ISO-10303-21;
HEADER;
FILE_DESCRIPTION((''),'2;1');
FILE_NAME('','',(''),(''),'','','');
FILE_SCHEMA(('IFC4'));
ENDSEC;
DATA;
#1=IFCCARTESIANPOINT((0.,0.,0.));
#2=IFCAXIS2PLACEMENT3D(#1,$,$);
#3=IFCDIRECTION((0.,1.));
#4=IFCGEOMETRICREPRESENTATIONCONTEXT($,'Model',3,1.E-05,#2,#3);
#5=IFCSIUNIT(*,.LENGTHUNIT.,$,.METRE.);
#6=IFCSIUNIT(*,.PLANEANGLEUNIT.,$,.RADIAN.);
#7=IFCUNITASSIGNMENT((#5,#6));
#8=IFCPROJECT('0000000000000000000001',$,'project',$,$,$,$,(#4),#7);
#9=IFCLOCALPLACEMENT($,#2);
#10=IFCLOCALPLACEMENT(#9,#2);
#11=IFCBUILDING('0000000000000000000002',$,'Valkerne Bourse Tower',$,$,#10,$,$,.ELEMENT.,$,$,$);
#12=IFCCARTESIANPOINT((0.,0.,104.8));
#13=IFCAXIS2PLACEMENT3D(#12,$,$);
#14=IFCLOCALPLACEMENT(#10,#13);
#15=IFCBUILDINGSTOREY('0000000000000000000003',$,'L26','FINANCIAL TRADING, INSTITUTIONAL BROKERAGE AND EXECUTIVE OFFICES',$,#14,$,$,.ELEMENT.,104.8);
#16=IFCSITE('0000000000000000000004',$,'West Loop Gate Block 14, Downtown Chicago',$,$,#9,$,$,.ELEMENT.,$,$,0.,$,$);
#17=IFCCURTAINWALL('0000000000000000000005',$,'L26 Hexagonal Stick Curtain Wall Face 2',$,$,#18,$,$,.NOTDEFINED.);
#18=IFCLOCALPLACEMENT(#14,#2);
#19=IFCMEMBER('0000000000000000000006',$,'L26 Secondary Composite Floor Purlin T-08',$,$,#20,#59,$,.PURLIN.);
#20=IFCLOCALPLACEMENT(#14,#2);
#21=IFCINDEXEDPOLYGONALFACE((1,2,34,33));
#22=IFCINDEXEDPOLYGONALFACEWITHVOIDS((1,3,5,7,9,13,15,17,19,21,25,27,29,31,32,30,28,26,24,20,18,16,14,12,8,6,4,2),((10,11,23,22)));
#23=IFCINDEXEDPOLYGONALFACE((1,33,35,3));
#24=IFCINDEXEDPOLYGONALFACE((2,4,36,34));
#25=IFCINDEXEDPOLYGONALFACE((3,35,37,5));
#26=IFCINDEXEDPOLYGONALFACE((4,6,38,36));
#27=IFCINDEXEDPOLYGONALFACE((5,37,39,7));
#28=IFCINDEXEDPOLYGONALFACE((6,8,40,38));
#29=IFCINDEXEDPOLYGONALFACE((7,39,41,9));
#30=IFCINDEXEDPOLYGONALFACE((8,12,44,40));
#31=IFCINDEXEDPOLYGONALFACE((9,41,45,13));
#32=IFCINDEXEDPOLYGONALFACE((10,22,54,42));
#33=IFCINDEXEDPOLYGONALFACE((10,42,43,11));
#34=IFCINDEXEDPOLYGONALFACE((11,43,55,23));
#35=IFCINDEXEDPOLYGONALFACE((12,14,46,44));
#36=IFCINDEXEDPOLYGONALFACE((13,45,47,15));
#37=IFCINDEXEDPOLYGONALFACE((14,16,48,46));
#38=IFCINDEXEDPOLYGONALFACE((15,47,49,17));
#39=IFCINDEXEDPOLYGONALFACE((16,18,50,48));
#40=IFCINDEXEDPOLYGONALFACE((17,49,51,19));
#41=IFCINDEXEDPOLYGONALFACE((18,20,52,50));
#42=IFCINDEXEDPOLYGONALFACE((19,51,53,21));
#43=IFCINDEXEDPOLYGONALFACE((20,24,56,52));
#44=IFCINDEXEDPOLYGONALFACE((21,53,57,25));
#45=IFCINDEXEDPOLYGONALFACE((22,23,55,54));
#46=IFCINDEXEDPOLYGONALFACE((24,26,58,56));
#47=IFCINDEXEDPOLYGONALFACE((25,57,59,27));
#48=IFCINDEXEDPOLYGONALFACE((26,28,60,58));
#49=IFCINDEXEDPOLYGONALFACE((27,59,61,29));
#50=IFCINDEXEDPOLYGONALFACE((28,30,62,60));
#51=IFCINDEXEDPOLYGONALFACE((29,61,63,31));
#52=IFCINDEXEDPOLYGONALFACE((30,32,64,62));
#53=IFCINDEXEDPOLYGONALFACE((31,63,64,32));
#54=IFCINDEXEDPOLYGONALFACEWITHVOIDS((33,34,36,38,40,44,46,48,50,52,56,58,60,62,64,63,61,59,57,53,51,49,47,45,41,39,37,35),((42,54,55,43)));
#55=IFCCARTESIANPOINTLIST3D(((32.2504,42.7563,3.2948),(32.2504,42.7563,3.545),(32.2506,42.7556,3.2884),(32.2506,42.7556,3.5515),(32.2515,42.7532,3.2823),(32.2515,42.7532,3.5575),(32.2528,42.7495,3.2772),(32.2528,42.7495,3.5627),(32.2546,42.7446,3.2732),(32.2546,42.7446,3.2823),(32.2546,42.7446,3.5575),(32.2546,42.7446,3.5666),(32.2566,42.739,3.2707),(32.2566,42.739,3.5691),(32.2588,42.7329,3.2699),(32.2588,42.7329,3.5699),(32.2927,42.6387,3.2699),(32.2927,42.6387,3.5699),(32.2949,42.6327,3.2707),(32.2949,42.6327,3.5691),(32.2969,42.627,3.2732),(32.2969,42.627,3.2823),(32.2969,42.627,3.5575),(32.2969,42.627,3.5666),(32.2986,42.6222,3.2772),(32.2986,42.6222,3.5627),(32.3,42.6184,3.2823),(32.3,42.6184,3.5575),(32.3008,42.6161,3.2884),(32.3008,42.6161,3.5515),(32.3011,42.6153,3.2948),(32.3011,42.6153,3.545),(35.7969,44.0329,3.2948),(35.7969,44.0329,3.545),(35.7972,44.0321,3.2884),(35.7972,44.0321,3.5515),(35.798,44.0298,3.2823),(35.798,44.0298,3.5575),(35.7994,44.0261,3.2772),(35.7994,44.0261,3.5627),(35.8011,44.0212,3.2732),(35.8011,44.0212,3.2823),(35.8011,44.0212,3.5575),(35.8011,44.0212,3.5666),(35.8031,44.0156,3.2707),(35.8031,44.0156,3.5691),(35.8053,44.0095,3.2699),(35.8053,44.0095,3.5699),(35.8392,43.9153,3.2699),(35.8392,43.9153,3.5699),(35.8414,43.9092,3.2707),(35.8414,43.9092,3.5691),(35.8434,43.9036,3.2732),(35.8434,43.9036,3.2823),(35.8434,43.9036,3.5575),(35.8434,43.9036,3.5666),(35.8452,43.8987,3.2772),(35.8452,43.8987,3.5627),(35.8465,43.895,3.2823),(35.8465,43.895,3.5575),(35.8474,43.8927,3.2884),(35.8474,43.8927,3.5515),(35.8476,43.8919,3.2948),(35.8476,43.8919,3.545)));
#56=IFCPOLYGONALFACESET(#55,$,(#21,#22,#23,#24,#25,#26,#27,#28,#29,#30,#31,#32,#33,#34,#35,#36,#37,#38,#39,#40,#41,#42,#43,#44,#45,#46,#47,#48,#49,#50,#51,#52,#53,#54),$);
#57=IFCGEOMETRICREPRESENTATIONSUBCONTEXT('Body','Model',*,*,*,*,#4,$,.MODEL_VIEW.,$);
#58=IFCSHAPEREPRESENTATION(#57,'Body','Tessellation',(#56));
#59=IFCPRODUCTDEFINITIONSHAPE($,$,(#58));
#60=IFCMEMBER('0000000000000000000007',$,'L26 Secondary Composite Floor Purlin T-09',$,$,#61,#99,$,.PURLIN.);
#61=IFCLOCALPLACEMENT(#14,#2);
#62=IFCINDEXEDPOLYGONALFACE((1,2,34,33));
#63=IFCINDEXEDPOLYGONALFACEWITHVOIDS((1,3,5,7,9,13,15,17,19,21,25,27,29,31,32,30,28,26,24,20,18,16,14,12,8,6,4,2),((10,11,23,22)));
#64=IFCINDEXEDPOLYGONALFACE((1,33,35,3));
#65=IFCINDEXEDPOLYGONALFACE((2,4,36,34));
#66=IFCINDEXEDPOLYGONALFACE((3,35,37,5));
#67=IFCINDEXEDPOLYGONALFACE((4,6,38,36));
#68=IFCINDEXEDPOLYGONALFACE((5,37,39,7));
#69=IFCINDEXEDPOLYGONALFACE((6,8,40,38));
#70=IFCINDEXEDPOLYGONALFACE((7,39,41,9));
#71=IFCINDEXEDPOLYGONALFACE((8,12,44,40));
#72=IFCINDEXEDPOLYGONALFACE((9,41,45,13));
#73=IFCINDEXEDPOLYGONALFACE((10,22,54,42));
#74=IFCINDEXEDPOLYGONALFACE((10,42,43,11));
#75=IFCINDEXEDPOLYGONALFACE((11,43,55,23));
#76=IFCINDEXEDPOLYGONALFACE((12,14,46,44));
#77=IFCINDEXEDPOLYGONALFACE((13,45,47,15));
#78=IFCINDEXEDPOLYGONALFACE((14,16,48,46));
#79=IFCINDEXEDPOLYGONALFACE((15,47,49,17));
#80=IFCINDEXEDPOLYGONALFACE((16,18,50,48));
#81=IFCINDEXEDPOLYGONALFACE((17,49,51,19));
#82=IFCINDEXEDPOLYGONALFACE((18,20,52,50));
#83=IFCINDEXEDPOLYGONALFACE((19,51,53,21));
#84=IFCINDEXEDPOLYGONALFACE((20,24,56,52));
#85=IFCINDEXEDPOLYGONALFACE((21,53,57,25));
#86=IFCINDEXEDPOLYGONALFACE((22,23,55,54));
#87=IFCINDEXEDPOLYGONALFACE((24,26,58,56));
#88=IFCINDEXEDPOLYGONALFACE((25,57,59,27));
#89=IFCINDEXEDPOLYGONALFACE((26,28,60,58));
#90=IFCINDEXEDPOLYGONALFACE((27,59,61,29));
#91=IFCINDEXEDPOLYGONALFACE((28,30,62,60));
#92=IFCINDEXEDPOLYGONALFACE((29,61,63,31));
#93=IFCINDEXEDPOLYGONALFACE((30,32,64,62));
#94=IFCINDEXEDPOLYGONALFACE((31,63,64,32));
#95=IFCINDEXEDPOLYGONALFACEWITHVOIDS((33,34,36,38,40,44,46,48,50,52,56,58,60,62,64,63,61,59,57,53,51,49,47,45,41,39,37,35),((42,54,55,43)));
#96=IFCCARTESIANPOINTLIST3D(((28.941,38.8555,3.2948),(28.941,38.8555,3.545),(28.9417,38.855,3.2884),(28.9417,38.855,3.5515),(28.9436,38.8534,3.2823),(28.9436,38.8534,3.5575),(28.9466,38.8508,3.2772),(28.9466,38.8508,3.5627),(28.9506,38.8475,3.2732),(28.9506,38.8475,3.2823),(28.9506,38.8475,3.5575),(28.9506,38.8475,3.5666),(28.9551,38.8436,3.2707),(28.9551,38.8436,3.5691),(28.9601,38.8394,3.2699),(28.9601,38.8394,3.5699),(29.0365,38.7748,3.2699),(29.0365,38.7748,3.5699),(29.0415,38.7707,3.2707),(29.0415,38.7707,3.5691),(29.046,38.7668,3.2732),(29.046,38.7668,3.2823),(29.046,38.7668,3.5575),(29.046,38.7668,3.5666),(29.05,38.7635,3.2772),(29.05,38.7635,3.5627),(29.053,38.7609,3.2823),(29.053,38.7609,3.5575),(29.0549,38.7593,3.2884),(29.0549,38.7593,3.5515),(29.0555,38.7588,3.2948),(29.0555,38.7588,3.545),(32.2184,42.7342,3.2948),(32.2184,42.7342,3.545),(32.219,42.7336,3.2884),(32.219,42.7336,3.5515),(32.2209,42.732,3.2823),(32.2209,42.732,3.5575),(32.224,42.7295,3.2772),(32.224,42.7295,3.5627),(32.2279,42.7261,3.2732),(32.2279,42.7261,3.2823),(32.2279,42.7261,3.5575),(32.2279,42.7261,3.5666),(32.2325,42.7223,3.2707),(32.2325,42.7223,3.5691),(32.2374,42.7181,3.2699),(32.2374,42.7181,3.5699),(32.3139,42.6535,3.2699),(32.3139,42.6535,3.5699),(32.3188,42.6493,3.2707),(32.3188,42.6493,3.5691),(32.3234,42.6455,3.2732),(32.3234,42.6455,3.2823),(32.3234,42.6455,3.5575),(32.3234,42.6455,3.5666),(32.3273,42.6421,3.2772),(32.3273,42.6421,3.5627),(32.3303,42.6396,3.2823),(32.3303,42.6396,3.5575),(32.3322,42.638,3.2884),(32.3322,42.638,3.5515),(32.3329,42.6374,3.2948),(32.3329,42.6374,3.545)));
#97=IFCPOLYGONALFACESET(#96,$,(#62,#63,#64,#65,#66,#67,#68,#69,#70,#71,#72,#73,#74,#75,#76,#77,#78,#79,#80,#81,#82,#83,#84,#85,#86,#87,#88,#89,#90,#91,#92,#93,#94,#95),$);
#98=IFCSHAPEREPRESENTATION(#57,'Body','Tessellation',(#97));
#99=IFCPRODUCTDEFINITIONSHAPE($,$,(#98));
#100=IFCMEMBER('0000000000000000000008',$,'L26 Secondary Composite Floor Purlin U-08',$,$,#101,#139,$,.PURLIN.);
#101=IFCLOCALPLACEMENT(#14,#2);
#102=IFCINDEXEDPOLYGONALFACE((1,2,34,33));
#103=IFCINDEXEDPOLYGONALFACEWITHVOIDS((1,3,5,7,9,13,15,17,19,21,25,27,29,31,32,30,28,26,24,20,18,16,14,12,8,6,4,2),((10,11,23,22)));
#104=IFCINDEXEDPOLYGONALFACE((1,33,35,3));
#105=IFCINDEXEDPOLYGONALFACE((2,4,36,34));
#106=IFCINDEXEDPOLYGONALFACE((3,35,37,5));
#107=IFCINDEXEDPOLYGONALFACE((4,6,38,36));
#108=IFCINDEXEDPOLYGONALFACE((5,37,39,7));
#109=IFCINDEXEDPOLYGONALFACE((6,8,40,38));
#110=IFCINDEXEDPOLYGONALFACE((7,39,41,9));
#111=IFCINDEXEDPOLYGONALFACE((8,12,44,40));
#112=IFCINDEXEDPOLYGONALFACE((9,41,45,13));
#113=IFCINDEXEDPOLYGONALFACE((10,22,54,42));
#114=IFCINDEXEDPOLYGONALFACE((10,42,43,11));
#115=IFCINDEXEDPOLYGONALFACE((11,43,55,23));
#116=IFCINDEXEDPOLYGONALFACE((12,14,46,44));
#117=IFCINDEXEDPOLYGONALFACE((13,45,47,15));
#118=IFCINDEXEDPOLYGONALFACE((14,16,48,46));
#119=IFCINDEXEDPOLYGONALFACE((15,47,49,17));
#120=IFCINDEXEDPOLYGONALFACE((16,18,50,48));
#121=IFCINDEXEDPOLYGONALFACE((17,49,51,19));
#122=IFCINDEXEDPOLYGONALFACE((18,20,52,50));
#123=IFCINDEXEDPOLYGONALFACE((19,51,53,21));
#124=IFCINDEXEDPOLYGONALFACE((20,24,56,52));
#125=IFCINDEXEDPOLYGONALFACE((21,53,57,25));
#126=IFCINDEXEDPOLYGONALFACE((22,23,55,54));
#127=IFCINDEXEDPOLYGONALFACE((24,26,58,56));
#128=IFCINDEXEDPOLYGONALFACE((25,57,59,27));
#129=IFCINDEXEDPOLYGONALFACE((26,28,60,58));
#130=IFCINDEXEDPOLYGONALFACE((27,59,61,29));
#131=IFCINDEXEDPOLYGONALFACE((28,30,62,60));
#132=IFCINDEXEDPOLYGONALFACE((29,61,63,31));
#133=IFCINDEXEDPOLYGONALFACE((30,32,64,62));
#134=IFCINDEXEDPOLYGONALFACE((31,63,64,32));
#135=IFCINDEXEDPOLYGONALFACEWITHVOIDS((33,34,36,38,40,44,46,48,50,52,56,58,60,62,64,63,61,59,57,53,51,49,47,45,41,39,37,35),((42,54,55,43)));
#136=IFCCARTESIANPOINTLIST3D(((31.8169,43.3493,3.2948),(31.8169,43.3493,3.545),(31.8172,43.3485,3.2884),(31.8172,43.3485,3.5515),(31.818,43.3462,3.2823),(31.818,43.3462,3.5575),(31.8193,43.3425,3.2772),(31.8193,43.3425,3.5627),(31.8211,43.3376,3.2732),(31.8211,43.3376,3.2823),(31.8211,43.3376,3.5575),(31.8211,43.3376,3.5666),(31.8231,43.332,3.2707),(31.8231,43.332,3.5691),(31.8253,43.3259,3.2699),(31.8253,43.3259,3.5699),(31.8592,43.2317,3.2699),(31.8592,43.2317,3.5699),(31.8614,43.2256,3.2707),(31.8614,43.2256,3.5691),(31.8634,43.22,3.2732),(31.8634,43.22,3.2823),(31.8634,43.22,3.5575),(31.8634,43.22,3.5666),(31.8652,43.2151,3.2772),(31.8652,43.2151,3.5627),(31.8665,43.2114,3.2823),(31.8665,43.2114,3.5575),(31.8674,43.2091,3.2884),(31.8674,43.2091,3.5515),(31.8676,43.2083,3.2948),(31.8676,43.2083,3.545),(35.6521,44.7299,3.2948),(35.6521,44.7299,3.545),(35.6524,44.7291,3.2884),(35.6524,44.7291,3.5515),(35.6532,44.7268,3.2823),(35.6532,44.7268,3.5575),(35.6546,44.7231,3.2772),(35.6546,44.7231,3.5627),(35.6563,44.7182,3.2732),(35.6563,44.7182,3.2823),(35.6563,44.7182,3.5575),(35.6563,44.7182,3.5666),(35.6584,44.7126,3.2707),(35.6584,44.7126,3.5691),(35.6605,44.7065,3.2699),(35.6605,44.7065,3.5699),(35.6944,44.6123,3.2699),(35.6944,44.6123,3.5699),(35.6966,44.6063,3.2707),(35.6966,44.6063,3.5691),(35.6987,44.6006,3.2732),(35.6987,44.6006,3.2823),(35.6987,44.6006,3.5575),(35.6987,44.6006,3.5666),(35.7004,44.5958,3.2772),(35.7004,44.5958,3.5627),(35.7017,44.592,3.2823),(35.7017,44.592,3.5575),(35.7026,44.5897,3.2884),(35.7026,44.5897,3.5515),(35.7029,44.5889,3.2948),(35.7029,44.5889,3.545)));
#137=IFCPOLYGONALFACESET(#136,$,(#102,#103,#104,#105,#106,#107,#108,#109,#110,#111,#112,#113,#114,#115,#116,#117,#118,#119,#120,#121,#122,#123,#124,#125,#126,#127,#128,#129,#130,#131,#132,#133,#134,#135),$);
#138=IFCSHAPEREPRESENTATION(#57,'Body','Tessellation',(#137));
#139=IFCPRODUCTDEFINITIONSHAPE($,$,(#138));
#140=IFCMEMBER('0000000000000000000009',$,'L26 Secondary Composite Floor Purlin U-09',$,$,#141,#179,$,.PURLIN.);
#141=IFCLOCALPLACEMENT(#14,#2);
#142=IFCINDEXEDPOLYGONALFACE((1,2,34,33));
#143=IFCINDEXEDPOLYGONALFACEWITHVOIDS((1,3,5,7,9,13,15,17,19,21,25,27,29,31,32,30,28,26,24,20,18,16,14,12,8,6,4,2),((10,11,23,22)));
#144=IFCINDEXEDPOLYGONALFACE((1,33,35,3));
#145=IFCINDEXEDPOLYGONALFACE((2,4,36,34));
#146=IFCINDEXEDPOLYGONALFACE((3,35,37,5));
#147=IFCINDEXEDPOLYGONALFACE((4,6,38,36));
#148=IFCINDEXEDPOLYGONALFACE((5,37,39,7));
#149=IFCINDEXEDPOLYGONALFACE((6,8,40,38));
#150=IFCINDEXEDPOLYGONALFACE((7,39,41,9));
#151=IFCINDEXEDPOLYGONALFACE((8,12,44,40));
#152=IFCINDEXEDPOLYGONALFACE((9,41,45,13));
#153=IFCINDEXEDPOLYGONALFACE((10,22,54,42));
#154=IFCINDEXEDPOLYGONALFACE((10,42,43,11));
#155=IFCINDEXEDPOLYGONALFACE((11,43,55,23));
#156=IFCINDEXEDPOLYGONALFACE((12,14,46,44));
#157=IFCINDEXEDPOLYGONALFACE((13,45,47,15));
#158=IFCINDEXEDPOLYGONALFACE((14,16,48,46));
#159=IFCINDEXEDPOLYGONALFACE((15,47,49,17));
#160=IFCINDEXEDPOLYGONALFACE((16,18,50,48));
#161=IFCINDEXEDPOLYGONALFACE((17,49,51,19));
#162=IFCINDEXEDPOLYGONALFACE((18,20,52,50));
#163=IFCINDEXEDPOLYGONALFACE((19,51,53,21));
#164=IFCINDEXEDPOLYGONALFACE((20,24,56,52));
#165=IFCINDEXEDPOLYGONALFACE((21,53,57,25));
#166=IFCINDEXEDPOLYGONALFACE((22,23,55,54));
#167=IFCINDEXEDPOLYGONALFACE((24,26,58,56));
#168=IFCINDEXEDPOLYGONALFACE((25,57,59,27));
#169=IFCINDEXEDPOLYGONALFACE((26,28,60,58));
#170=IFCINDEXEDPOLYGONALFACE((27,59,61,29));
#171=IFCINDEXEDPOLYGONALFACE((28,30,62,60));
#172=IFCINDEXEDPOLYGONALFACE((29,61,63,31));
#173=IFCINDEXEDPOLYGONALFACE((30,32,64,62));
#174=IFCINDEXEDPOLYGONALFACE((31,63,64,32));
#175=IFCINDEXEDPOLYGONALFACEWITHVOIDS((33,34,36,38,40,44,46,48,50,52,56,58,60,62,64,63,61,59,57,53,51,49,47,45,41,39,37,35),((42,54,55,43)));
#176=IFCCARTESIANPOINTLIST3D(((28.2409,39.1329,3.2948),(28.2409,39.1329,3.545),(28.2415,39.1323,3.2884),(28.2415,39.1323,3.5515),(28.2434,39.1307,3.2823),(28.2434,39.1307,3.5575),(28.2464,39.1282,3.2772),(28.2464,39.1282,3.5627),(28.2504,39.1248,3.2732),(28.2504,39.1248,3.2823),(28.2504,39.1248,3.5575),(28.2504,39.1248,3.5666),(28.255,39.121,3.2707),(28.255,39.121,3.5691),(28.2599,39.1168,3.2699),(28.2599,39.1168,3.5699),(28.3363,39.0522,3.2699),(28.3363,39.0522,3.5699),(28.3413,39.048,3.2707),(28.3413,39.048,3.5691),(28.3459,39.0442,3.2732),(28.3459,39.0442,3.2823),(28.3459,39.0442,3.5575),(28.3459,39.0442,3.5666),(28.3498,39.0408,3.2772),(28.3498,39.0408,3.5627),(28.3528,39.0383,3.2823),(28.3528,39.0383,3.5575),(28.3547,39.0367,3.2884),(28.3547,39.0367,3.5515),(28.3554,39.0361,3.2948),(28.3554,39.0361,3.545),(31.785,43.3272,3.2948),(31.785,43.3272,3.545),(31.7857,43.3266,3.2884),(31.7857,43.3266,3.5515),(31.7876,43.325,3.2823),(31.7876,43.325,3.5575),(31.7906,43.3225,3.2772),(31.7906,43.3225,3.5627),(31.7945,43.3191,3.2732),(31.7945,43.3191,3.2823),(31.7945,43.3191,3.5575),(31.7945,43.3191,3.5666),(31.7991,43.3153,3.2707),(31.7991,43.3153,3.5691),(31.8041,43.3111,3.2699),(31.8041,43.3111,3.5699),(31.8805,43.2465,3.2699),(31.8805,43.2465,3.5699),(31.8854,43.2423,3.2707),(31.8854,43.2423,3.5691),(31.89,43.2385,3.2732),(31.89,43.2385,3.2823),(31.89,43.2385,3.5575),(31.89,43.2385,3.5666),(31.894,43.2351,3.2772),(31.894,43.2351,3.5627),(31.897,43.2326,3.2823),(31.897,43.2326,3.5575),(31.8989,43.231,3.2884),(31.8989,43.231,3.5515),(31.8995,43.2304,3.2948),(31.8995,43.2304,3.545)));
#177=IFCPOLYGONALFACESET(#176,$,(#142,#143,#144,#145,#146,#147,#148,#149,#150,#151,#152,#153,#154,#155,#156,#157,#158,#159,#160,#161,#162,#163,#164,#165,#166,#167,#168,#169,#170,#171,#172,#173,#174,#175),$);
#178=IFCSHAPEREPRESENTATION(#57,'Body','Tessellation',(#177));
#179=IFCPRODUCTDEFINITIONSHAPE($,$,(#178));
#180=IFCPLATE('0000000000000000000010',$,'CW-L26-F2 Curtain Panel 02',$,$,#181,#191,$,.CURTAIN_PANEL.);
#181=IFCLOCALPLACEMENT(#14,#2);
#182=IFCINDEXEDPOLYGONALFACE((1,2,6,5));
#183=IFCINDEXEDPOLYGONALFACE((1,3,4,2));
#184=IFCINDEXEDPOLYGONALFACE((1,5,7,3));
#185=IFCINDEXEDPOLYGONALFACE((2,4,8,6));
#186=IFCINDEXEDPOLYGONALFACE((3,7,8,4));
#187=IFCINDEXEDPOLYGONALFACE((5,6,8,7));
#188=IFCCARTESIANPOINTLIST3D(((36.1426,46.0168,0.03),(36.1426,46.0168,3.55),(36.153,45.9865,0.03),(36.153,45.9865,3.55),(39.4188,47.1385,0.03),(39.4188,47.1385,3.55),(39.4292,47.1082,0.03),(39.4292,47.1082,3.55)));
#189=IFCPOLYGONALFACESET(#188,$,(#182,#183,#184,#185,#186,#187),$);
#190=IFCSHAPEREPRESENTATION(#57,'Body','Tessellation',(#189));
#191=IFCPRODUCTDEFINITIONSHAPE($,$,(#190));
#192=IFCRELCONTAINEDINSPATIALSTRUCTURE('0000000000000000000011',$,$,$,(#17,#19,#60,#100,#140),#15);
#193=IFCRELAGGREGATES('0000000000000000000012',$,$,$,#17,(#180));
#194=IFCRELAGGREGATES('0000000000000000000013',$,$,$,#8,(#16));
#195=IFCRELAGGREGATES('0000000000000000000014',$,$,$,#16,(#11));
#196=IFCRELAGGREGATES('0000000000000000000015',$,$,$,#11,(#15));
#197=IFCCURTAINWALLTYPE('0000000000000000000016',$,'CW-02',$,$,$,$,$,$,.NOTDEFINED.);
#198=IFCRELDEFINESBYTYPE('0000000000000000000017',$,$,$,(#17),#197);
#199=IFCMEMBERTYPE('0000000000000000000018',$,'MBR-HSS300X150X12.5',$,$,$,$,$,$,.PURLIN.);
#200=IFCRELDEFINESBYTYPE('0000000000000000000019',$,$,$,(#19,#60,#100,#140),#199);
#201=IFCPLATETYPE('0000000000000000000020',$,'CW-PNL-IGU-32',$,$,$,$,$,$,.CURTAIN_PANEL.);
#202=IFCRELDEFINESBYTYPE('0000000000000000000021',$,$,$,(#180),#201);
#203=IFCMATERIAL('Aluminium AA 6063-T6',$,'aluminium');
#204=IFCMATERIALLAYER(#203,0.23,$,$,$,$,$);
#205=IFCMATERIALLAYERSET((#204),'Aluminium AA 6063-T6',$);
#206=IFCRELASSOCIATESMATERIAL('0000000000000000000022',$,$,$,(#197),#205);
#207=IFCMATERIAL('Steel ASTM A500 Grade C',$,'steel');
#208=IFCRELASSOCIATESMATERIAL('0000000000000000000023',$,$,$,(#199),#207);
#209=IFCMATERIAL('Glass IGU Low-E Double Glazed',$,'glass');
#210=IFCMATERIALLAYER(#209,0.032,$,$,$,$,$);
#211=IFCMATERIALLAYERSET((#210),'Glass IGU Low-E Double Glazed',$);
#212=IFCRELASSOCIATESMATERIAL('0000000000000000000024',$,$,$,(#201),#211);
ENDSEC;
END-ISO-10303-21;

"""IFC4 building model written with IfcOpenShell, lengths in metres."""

from ifc_helpers import new_model, si_unit, direction, frame, origin, origin_2d, place, context, subcontext, project, spatial, rectangle, hollow_rectangle, extrude, material, layer, layer_set, material_profile, profile_set, type_object, element, aggregate, save


model = new_model("IFC4")

# Units and contexts
model_context = context("Model", 3, precision=1e-05, world=origin(), true_north=direction((0.0, 1.0)))
body_context = subcontext(model_context, "Body", "Model", "MODEL_VIEW")
ifc_project = project(units=[si_unit("LENGTHUNIT", "METRE"), si_unit("PLANEANGLEUNIT", "RADIAN")], contexts=[model_context])

# Site, building, storey
site_placement = place(None, origin())
site = spatial("IfcSite", under=ifc_project, at=site_placement, Name="West Loop Gate Block 14, Downtown Chicago", CompositionType="ELEMENT", RefElevation=0.0)
building_placement = place(site_placement, origin())
building = spatial("IfcBuilding", under=site, at=building_placement, Name="Valkerne Bourse Tower", CompositionType="ELEMENT")
storey_placement = place(building_placement, frame((0.0, 0.0, 104.8)))
storey = spatial("IfcBuildingStorey", under=building, at=storey_placement, Name="L26", Description="FINANCIAL TRADING, INSTITUTIONAL BROKERAGE AND EXECUTIVE OFFICES", CompositionType="ELEMENT", Elevation=104.8)

# Curtain wall
ifc_material_1 = material(Name="Aluminium AA 6063-T6", Category="aluminium")
ifc_layer_1 = layer(ifc_material_1, 0.23)
ifc_layer_set_1 = layer_set([ifc_layer_1], Name="Aluminium AA 6063-T6")
curtain_wall_type = type_object("IfcCurtainWallType", Name="CW-02", PredefinedType="NOTDEFINED", material=ifc_layer_set_1)
curtain_wall_1_placement = place(storey_placement, origin())
curtain_wall_1 = element("IfcCurtainWall", 1, at=curtain_wall_1_placement, inside=storey, type_object=curtain_wall_type, Name="L26 Hexagonal Stick Curtain Wall Face 2", PredefinedType="NOTDEFINED")

# Members
ifc_material_2 = material(Name="Steel ASTM A500 Grade C", Category="steel")
ifc_material_profile_1 = material_profile(ifc_material_2, hollow_rectangle(XDim=0.1499, YDim=0.3, WallThickness=0.0125, OuterFilletRadius=0.0249, at=origin_2d()), Name="HSS300X150X12.5")
ifc_profile_set_1 = profile_set([ifc_material_profile_1], Name="Steel ASTM A500 Grade C")
member_type_1 = type_object("IfcMemberType", Name="MBR-HSS300X150X12.5", PredefinedType="PURLIN", material=ifc_profile_set_1)
member_1_placement = place(storey_placement, frame((35.8223, 43.9624, 3.4199), z_axis=(-0.940902, -0.338678, 0.0), x_axis=(0.338678, -0.940902, 0.0)))
element("IfcMember", 2, at=member_1_placement, inside=storey, type_object=member_type_1, Name="L26 Secondary Composite Floor Purlin T-08", PredefinedType="PURLIN", context=body_context, shape_type="SweptSolid", body=[
    extrude(hollow_rectangle(XDim=0.1499, YDim=0.3, WallThickness=0.0125, OuterFilletRadius=0.0249, at=origin_2d()), origin(), (0.0, 0.0, 1.0), 3.7693),
])
member_2_placement = place(storey_placement, frame((32.2756, 42.6858, 3.4199), z_axis=(-0.645414, -0.763833, 0.0), x_axis=(0.763833, -0.645414, 0.0)))
element("IfcMember", 3, at=member_2_placement, inside=storey, type_object=member_type_1, Name="L26 Secondary Composite Floor Purlin T-09", PredefinedType="PURLIN", context=body_context, shape_type="SweptSolid", body=[
    extrude(hollow_rectangle(XDim=0.1499, YDim=0.3, WallThickness=0.0125, OuterFilletRadius=0.0249, at=origin_2d()), origin(), (0.0, 0.0, 1.0), 5.0779),
])
member_3_placement = place(storey_placement, frame((35.6775, 44.6594, 3.4199), z_axis=(-0.940892, -0.338707, 0.0), x_axis=(0.338707, -0.940892, 0.0)))
element("IfcMember", 4, at=member_3_placement, inside=storey, type_object=member_type_1, Name="L26 Secondary Composite Floor Purlin U-08", PredefinedType="PURLIN", context=body_context, shape_type="SweptSolid", body=[
    extrude(hollow_rectangle(XDim=0.1499, YDim=0.3, WallThickness=0.0125, OuterFilletRadius=0.0249, at=origin_2d()), origin(), (0.0, 0.0, 1.0), 4.0762),
])
member_4_placement = place(storey_placement, frame((31.8423, 43.2788, 3.4199), z_axis=(-0.645426, -0.763823, 0.0), x_axis=(0.763823, -0.645426, 0.0)))
element("IfcMember", 5, at=member_4_placement, inside=storey, type_object=member_type_1, Name="L26 Secondary Composite Floor Purlin U-09", PredefinedType="PURLIN", context=body_context, shape_type="SweptSolid", body=[
    extrude(hollow_rectangle(XDim=0.1499, YDim=0.3, WallThickness=0.0125, OuterFilletRadius=0.0249, at=origin_2d()), origin(), (0.0, 0.0, 1.0), 5.4912),
])

# Plate
ifc_material_3 = material(Name="Glass IGU Low-E Double Glazed", Category="glass")
ifc_layer_2 = layer(ifc_material_3, 0.032)
ifc_layer_set_2 = layer_set([ifc_layer_2], Name="Glass IGU Low-E Double Glazed")
plate_type = type_object("IfcPlateType", Name="CW-PNL-IGU-32", PredefinedType="CURTAIN_PANEL", material=ifc_layer_set_2)
plate_1_placement = place(storey_placement, frame((37.7859, 46.5625, 0.03), z_axis=(0.0, 0.0, 1.0), x_axis=(-0.946088, -0.323911, 0.0)))
plate_1 = element("IfcPlate", 6, at=plate_1_placement, type_object=plate_type, Name="CW-L26-F2 Curtain Panel 02", PredefinedType="CURTAIN_PANEL", context=body_context, shape_type="SweptSolid", body=[
    extrude(rectangle(XDim=3.4629, YDim=0.032, at=origin_2d()), origin(), (0.0, 0.0, 1.0), 3.52),
])
aggregate(curtain_wall_1, [plate_1])

save(model, "model.ifc")
